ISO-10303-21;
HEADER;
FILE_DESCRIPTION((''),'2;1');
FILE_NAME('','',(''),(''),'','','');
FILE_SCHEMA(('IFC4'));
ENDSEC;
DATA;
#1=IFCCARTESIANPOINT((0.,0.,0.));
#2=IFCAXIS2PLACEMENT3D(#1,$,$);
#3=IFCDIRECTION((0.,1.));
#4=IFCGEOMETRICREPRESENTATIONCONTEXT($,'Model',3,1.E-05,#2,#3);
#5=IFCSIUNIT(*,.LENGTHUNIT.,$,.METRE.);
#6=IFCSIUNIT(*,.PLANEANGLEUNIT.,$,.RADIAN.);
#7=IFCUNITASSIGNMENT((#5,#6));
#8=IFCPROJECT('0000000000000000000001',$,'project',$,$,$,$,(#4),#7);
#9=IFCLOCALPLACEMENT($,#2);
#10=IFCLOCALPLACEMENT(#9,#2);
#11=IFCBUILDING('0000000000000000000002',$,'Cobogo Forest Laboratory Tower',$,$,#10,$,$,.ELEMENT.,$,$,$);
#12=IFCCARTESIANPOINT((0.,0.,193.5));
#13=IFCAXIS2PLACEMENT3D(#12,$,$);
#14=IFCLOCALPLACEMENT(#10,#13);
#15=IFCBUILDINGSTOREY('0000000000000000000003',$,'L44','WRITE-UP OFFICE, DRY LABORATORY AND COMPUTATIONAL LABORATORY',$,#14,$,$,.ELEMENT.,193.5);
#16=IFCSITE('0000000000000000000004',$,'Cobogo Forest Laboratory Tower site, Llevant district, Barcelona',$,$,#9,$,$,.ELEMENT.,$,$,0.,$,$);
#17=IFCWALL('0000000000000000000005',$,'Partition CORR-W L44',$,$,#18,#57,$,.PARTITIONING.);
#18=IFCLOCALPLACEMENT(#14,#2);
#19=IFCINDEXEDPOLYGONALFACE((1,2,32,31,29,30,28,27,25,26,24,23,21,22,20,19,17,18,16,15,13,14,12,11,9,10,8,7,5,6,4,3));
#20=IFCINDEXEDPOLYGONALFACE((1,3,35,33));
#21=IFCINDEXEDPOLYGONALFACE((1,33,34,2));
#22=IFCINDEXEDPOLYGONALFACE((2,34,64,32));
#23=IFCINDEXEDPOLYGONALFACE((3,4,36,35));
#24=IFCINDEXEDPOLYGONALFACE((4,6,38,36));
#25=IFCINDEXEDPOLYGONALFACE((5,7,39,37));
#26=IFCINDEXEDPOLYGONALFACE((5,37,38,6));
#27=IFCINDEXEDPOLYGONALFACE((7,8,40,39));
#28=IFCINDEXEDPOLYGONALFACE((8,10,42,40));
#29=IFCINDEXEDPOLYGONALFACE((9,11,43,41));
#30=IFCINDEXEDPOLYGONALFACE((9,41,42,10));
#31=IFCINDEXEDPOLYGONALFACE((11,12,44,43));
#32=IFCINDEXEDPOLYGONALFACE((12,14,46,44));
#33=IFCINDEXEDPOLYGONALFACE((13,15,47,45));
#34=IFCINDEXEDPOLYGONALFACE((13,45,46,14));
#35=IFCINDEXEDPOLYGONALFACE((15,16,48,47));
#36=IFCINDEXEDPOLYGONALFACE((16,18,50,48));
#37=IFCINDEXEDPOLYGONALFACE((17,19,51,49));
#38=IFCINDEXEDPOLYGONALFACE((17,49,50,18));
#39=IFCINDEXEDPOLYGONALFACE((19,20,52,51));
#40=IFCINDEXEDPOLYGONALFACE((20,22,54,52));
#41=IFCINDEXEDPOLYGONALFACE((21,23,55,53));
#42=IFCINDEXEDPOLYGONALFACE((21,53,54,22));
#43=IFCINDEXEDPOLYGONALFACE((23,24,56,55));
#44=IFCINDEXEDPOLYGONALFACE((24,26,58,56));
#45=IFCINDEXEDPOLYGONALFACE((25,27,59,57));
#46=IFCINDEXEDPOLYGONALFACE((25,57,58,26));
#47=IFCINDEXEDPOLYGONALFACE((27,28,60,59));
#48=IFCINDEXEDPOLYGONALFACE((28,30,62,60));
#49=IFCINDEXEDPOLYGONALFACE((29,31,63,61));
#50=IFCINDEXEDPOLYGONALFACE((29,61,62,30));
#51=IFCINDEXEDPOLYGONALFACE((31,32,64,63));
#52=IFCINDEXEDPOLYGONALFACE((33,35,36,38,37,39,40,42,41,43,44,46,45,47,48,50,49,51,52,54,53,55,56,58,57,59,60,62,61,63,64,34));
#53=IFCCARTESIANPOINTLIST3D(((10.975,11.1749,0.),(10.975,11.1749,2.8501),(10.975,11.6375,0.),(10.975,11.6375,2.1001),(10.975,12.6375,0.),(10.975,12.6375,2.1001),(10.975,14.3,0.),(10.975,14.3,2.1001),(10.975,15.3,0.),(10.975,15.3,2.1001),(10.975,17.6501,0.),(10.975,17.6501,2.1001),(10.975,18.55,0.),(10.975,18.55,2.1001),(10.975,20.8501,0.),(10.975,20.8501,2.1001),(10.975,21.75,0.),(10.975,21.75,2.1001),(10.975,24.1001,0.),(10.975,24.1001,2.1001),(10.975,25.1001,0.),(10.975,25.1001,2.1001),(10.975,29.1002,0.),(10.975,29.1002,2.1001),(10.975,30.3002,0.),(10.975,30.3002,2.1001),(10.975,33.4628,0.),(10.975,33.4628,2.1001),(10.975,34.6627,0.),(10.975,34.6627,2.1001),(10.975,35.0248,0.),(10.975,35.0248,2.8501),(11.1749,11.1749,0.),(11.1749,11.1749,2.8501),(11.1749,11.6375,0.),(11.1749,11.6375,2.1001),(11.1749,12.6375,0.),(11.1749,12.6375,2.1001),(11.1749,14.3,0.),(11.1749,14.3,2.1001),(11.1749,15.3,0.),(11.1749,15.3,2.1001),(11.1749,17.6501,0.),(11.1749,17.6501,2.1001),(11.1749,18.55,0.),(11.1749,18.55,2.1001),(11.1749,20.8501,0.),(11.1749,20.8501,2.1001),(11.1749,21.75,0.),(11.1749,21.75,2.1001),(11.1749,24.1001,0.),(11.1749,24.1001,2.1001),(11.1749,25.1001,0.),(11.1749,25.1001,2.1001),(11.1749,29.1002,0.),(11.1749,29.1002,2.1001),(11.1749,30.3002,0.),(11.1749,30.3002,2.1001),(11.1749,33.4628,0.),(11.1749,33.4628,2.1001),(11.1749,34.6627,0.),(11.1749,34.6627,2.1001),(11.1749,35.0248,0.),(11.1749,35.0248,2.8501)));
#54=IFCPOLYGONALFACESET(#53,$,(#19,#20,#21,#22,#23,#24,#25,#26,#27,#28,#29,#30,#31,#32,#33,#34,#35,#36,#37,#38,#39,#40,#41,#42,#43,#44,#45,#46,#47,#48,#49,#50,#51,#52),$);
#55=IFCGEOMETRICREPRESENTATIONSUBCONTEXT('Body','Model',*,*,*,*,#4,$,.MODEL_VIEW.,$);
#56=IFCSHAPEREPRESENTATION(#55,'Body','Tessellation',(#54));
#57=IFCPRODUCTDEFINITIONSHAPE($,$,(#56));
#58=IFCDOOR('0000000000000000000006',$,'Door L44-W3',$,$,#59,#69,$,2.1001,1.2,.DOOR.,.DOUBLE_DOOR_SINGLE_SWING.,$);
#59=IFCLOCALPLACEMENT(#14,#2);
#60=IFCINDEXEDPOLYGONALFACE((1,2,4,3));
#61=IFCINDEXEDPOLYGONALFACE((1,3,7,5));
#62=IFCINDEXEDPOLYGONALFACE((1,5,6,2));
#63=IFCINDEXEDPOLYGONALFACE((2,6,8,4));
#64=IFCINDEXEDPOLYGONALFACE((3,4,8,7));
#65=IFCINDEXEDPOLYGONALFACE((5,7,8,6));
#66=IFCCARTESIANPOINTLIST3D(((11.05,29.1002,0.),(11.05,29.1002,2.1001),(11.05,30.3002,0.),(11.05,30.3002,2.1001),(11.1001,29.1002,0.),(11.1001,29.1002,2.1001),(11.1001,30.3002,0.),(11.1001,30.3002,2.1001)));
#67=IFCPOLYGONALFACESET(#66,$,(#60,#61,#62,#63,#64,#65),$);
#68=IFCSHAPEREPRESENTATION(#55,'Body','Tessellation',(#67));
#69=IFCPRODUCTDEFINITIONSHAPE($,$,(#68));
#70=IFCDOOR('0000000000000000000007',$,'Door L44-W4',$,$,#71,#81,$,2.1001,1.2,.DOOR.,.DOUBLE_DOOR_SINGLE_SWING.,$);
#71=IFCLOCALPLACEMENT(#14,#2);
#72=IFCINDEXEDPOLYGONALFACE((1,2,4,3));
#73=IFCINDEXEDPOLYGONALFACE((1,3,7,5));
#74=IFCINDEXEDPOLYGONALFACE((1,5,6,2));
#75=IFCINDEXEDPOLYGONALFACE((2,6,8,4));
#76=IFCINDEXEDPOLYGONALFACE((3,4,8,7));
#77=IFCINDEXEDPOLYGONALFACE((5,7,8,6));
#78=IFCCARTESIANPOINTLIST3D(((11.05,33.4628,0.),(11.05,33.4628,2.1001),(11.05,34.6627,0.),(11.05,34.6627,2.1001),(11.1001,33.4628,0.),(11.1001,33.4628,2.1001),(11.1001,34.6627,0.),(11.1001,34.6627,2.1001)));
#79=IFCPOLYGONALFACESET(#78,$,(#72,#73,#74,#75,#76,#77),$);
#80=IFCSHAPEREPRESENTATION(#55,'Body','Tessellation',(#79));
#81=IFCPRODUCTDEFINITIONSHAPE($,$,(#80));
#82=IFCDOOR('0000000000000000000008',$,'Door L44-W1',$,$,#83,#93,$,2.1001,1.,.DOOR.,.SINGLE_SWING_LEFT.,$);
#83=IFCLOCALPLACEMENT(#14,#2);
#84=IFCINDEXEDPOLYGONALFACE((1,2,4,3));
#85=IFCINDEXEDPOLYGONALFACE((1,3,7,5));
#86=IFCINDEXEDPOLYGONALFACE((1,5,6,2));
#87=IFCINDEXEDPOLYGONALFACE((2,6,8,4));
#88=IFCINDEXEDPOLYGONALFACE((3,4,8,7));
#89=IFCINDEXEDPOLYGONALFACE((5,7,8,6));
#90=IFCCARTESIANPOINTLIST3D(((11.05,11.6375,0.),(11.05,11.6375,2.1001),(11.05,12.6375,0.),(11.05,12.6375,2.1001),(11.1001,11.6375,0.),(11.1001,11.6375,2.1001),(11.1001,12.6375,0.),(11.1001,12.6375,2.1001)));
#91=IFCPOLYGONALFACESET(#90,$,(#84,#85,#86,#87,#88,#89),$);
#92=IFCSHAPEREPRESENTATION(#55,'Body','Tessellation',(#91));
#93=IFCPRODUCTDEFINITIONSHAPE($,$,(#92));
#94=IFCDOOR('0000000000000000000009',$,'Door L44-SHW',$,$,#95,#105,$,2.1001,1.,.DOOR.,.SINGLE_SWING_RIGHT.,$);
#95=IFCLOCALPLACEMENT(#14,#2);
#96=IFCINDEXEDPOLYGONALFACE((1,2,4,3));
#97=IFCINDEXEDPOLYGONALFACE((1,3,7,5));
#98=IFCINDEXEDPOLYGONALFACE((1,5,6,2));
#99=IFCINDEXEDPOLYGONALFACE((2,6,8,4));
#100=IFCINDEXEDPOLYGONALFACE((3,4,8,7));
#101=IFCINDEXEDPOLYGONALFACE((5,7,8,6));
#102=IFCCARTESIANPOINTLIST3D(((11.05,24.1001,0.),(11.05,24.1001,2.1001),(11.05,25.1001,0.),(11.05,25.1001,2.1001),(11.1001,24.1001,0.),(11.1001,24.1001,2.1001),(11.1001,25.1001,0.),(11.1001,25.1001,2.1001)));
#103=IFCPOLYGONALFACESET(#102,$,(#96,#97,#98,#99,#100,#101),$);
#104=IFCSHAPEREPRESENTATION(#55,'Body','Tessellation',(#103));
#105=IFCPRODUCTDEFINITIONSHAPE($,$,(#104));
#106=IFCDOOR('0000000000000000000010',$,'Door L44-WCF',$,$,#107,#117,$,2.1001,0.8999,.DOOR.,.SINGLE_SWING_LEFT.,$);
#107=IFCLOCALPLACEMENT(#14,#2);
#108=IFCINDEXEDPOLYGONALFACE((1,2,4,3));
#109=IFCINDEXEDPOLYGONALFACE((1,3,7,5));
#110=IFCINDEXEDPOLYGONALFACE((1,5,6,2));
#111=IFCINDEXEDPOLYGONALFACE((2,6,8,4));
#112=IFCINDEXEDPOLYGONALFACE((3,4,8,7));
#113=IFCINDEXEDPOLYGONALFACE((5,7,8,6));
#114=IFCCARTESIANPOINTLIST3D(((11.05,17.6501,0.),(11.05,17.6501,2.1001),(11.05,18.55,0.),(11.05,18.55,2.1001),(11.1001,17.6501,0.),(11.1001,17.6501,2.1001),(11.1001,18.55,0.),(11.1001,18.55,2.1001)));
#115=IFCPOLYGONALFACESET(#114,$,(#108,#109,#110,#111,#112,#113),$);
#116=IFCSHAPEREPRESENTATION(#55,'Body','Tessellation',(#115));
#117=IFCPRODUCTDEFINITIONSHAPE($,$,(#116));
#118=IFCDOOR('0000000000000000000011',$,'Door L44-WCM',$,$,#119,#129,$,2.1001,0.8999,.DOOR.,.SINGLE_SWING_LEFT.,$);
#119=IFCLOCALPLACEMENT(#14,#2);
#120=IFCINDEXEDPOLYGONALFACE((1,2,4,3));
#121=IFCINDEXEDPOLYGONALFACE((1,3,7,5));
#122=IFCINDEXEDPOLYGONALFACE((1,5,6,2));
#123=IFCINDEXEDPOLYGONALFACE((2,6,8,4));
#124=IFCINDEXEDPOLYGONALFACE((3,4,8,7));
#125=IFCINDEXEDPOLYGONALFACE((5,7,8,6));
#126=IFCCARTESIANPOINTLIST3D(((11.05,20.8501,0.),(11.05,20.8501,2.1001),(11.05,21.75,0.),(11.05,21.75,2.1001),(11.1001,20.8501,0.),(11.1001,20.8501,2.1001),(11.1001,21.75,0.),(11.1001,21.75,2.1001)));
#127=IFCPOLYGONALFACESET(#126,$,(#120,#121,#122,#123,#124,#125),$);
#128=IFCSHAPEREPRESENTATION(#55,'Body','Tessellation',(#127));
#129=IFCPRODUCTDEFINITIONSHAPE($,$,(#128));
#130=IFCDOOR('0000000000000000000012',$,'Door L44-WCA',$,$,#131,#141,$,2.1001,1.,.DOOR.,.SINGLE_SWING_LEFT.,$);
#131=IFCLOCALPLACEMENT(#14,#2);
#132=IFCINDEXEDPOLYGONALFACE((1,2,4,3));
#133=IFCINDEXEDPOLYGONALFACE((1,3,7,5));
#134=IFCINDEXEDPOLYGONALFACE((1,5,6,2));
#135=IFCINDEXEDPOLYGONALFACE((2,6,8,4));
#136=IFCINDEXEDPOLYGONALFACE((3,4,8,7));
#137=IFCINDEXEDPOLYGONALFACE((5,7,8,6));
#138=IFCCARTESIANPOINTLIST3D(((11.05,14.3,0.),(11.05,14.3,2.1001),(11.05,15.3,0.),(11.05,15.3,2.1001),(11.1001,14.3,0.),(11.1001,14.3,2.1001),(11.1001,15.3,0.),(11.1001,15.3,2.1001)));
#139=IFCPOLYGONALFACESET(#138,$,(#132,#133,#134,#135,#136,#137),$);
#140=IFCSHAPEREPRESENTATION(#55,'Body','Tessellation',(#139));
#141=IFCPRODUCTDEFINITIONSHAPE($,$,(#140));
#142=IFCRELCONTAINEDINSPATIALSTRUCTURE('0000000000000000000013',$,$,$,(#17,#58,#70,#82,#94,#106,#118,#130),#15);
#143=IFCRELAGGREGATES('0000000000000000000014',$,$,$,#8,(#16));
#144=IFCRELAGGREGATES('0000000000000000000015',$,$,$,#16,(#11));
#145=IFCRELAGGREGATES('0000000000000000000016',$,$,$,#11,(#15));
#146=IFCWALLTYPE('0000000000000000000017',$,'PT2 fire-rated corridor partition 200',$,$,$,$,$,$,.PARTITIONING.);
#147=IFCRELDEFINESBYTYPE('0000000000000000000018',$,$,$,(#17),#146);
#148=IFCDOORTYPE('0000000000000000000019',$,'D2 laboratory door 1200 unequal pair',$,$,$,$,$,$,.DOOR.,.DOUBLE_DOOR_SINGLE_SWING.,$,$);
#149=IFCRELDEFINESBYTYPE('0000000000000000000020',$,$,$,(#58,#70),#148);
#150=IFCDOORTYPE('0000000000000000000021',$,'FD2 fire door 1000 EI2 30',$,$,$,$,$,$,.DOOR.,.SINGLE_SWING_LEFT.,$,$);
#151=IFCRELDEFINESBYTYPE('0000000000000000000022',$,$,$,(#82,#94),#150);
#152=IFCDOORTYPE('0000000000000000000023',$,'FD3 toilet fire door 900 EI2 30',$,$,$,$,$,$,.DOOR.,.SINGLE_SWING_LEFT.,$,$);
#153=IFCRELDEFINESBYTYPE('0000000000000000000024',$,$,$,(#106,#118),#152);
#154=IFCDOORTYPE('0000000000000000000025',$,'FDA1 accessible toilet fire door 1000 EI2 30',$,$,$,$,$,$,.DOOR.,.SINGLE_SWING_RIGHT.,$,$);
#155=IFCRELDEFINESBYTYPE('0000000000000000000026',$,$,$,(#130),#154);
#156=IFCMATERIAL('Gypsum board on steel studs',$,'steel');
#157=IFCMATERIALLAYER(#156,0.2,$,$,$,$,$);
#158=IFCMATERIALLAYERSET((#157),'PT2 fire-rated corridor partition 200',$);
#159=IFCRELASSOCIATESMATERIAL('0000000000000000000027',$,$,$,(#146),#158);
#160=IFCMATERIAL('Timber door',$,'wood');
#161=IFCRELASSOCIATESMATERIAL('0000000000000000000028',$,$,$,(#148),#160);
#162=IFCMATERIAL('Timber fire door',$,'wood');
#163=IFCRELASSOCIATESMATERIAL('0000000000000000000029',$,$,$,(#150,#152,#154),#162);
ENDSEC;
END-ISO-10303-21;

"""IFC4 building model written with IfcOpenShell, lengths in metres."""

from ifc_helpers import new_model, si_unit, direction, frame, frame_2d, origin, place, context, subcontext, project, spatial, rectangle, extrude, material, layer, layer_set, type_object, element, fill, save


model = new_model("IFC4")

# Units and contexts
model_context = context("Model", 3, precision=1e-05, world=origin(), true_north=direction((0.0, 1.0)))
body_context = subcontext(model_context, "Body", "Model", "MODEL_VIEW")
ifc_project = project(units=[si_unit("LENGTHUNIT", "METRE"), si_unit("PLANEANGLEUNIT", "RADIAN")], contexts=[model_context])

# Site, building, storey
site_placement = place(None, origin())
site = spatial("IfcSite", under=ifc_project, at=site_placement, Name="Cobogo Forest Laboratory Tower site, Llevant district, Barcelona", CompositionType="ELEMENT", RefElevation=0.0)
building_placement = place(site_placement, origin())
building = spatial("IfcBuilding", under=site, at=building_placement, Name="Cobogo Forest Laboratory Tower", CompositionType="ELEMENT")
storey_placement = place(building_placement, frame((0.0, 0.0, 193.5)))
storey = spatial("IfcBuildingStorey", under=building, at=storey_placement, Name="L44", Description="WRITE-UP OFFICE, DRY LABORATORY AND COMPUTATIONAL LABORATORY", CompositionType="ELEMENT", Elevation=193.5)

# Shared definitions
ifc_material_1 = material(Name="Gypsum board on steel studs", Category="steel")

# Wall, openings, doors
ifc_layer_1 = layer(ifc_material_1, 0.2)
ifc_layer_set_1 = layer_set([ifc_layer_1], Name="PT2 fire-rated corridor partition 200")
wall_type_1 = type_object("IfcWallType", Name="PT2 fire-rated corridor partition 200", PredefinedType="PARTITIONING", material=ifc_layer_set_1)
ifc_material_2 = material(Name="Timber door", Category="wood")
door_type_1 = type_object("IfcDoorType", Name="D2 laboratory door 1200 unequal pair", OperationType="DOUBLE_DOOR_SINGLE_SWING", PredefinedType="DOOR", material=ifc_material_2)
ifc_material_3 = material(Name="Timber fire door", Category="wood")
door_type_2 = type_object("IfcDoorType", Name="FD2 fire door 1000 EI2 30", OperationType="SINGLE_SWING_LEFT", PredefinedType="DOOR", material=ifc_material_3)
wall_1_placement = place(storey_placement, frame((11.075, 11.175, 0.0), z_axis=(0.0, 0.0, 1.0), x_axis=(0.0, 1.0, 0.0)))
wall_1 = element("IfcWall", 1, at=wall_1_placement, inside=storey, type_object=wall_type_1, Name="Partition CORR-W L44", PredefinedType="PARTITIONING", context=body_context, shape_type="SweptSolid", body=[
    extrude(rectangle(XDim=23.8499, YDim=0.2, at=frame_2d((11.9248, 0.0))), origin(), (0.0, 0.0, 1.0), 2.8501),
])
opening_1_placement = place(wall_1_placement, frame((0.4624, 0.0, 0.0)))
opening_1 = element("IfcOpeningElement", 2, at=opening_1_placement, cuts=wall_1, PredefinedType="OPENING", context=body_context, shape_type="SweptSolid", body=[
    extrude(rectangle(XDim=1.0, YDim=2.1001, at=frame_2d((0.5, 1.05))), frame((0.0, 0.1099, 0.0), z_axis=(0.0, -1.0, 0.0), x_axis=(1.0, 0.0, 0.0)), (0.0, 0.0, 1.0), 0.22),
])
opening_2_placement = place(wall_1_placement, frame((3.125, 0.0, 0.0)))
opening_2 = element("IfcOpeningElement", 3, at=opening_2_placement, cuts=wall_1, PredefinedType="OPENING", context=body_context, shape_type="SweptSolid", body=[
    extrude(rectangle(XDim=1.0, YDim=2.1001, at=frame_2d((0.5, 1.05))), frame((0.0, 0.1099, 0.0), z_axis=(0.0, -1.0, 0.0), x_axis=(1.0, 0.0, 0.0)), (0.0, 0.0, 1.0), 0.22),
])
opening_3_placement = place(wall_1_placement, frame((6.4751, 0.0, 0.0)))
opening_3 = element("IfcOpeningElement", 4, at=opening_3_placement, cuts=wall_1, PredefinedType="OPENING", context=body_context, shape_type="SweptSolid", body=[
    extrude(rectangle(XDim=0.8999, YDim=2.1001, at=frame_2d((0.45, 1.05))), frame((0.0, 0.1099, 0.0), z_axis=(0.0, -1.0, 0.0), x_axis=(1.0, 0.0, 0.0)), (0.0, 0.0, 1.0), 0.22),
])
opening_4_placement = place(wall_1_placement, frame((9.675, 0.0, 0.0)))
opening_4 = element("IfcOpeningElement", 5, at=opening_4_placement, cuts=wall_1, PredefinedType="OPENING", context=body_context, shape_type="SweptSolid", body=[
    extrude(rectangle(XDim=0.8999, YDim=2.1001, at=frame_2d((0.45, 1.05))), frame((0.0, 0.1099, 0.0), z_axis=(0.0, -1.0, 0.0), x_axis=(1.0, 0.0, 0.0)), (0.0, 0.0, 1.0), 0.22),
])
opening_5_placement = place(wall_1_placement, frame((12.925, 0.0, 0.0)))
opening_5 = element("IfcOpeningElement", 6, at=opening_5_placement, cuts=wall_1, PredefinedType="OPENING", context=body_context, shape_type="SweptSolid", body=[
    extrude(rectangle(XDim=1.0, YDim=2.1001, at=frame_2d((0.5, 1.05))), frame((0.0, 0.1099, 0.0), z_axis=(0.0, -1.0, 0.0), x_axis=(1.0, 0.0, 0.0)), (0.0, 0.0, 1.0), 0.22),
])
opening_6_placement = place(wall_1_placement, frame((17.925, 0.0, 0.0)))
opening_6 = element("IfcOpeningElement", 7, at=opening_6_placement, cuts=wall_1, PredefinedType="OPENING", context=body_context, shape_type="SweptSolid", body=[
    extrude(rectangle(XDim=1.2, YDim=2.1001, at=frame_2d((0.6001, 1.05))), frame((0.0, 0.1099, 0.0), z_axis=(0.0, -1.0, 0.0), x_axis=(1.0, 0.0, 0.0)), (0.0, 0.0, 1.0), 0.22),
])
opening_7_placement = place(wall_1_placement, frame((22.2876, 0.0, 0.0)))
opening_7 = element("IfcOpeningElement", 8, at=opening_7_placement, cuts=wall_1, PredefinedType="OPENING", context=body_context, shape_type="SweptSolid", body=[
    extrude(rectangle(XDim=1.2, YDim=2.1001, at=frame_2d((0.6001, 1.05))), frame((0.0, 0.1099, 0.0), z_axis=(0.0, -1.0, 0.0), x_axis=(1.0, 0.0, 0.0)), (0.0, 0.0, 1.0), 0.22),
])
door_1_placement = place(opening_6_placement, origin())
door_1 = element("IfcDoor", 9, at=door_1_placement, inside=storey, type_object=door_type_1, Name="Door L44-W3", OperationType="DOUBLE_DOOR_SINGLE_SWING", OverallHeight=2.1001, OverallWidth=1.2, PredefinedType="DOOR", context=body_context, shape_type="SweptSolid", body=[
    extrude(rectangle(XDim=1.2, YDim=2.1001, at=frame_2d((0.6001, 1.05))), frame((0.0, 0.0249, 0.0), z_axis=(0.0, -1.0, 0.0), x_axis=(1.0, 0.0, 0.0)), (0.0, 0.0, 1.0), 0.05),
])
fill(opening_6, door_1)
door_2_placement = place(opening_7_placement, origin())
door_2 = element("IfcDoor", 10, at=door_2_placement, inside=storey, type_object=door_type_1, Name="Door L44-W4", OperationType="DOUBLE_DOOR_SINGLE_SWING", OverallHeight=2.1001, OverallWidth=1.2, PredefinedType="DOOR", context=body_context, shape_type="SweptSolid", body=[
    extrude(rectangle(XDim=1.2, YDim=2.1001, at=frame_2d((0.6001, 1.05))), frame((0.0, 0.0249, 0.0), z_axis=(0.0, -1.0, 0.0), x_axis=(1.0, 0.0, 0.0)), (0.0, 0.0, 1.0), 0.05),
])
fill(opening_7, door_2)
door_3_placement = place(opening_1_placement, origin())
door_3 = element("IfcDoor", 11, at=door_3_placement, inside=storey, type_object=door_type_2, Name="Door L44-W1", OperationType="SINGLE_SWING_LEFT", OverallHeight=2.1001, OverallWidth=1.0, PredefinedType="DOOR", context=body_context, shape_type="SweptSolid", body=[
    extrude(rectangle(XDim=1.0, YDim=2.1001, at=frame_2d((0.5, 1.05))), frame((0.0, 0.0249, 0.0), z_axis=(0.0, -1.0, 0.0), x_axis=(1.0, 0.0, 0.0)), (0.0, 0.0, 1.0), 0.05),
])
fill(opening_1, door_3)
door_4_placement = place(opening_5_placement, origin())
door_4 = element("IfcDoor", 12, at=door_4_placement, inside=storey, type_object=door_type_2, Name="Door L44-SHW", OperationType="SINGLE_SWING_RIGHT", OverallHeight=2.1001, OverallWidth=1.0, PredefinedType="DOOR", context=body_context, shape_type="SweptSolid", body=[
    extrude(rectangle(XDim=1.0, YDim=2.1001, at=frame_2d((0.5, 1.05))), frame((0.0, 0.0249, 0.0), z_axis=(0.0, -1.0, 0.0), x_axis=(1.0, 0.0, 0.0)), (0.0, 0.0, 1.0), 0.05),
])
fill(opening_5, door_4)
door_type_3 = type_object("IfcDoorType", Name="FD3 toilet fire door 900 EI2 30", OperationType="SINGLE_SWING_LEFT", PredefinedType="DOOR", material=ifc_material_3)
door_5_placement = place(opening_3_placement, origin())
door_5 = element("IfcDoor", 13, at=door_5_placement, inside=storey, type_object=door_type_3, Name="Door L44-WCF", OperationType="SINGLE_SWING_LEFT", OverallHeight=2.1001, OverallWidth=0.8999, PredefinedType="DOOR", context=body_context, shape_type="SweptSolid", body=[
    extrude(rectangle(XDim=0.8999, YDim=2.1001, at=frame_2d((0.45, 1.05))), frame((0.0, 0.0249, 0.0), z_axis=(0.0, -1.0, 0.0), x_axis=(1.0, 0.0, 0.0)), (0.0, 0.0, 1.0), 0.05),
])
fill(opening_3, door_5)
door_6_placement = place(opening_4_placement, origin())
door_6 = element("IfcDoor", 14, at=door_6_placement, inside=storey, type_object=door_type_3, Name="Door L44-WCM", OperationType="SINGLE_SWING_LEFT", OverallHeight=2.1001, OverallWidth=0.8999, PredefinedType="DOOR", context=body_context, shape_type="SweptSolid", body=[
    extrude(rectangle(XDim=0.8999, YDim=2.1001, at=frame_2d((0.45, 1.05))), frame((0.0, 0.0249, 0.0), z_axis=(0.0, -1.0, 0.0), x_axis=(1.0, 0.0, 0.0)), (0.0, 0.0, 1.0), 0.05),
])
fill(opening_4, door_6)
door_type_4 = type_object("IfcDoorType", Name="FDA1 accessible toilet fire door 1000 EI2 30", OperationType="SINGLE_SWING_RIGHT", PredefinedType="DOOR", material=ifc_material_3)
door_7_placement = place(opening_2_placement, origin())
door_7 = element("IfcDoor", 15, at=door_7_placement, inside=storey, type_object=door_type_4, Name="Door L44-WCA", OperationType="SINGLE_SWING_LEFT", OverallHeight=2.1001, OverallWidth=1.0, PredefinedType="DOOR", context=body_context, shape_type="SweptSolid", body=[
    extrude(rectangle(XDim=1.0, YDim=2.1001, at=frame_2d((0.5, 1.05))), frame((0.0, 0.0249, 0.0), z_axis=(0.0, -1.0, 0.0), x_axis=(1.0, 0.0, 0.0)), (0.0, 0.0, 1.0), 0.05),
])
fill(opening_2, door_7)

save(model, "model.ifc")
